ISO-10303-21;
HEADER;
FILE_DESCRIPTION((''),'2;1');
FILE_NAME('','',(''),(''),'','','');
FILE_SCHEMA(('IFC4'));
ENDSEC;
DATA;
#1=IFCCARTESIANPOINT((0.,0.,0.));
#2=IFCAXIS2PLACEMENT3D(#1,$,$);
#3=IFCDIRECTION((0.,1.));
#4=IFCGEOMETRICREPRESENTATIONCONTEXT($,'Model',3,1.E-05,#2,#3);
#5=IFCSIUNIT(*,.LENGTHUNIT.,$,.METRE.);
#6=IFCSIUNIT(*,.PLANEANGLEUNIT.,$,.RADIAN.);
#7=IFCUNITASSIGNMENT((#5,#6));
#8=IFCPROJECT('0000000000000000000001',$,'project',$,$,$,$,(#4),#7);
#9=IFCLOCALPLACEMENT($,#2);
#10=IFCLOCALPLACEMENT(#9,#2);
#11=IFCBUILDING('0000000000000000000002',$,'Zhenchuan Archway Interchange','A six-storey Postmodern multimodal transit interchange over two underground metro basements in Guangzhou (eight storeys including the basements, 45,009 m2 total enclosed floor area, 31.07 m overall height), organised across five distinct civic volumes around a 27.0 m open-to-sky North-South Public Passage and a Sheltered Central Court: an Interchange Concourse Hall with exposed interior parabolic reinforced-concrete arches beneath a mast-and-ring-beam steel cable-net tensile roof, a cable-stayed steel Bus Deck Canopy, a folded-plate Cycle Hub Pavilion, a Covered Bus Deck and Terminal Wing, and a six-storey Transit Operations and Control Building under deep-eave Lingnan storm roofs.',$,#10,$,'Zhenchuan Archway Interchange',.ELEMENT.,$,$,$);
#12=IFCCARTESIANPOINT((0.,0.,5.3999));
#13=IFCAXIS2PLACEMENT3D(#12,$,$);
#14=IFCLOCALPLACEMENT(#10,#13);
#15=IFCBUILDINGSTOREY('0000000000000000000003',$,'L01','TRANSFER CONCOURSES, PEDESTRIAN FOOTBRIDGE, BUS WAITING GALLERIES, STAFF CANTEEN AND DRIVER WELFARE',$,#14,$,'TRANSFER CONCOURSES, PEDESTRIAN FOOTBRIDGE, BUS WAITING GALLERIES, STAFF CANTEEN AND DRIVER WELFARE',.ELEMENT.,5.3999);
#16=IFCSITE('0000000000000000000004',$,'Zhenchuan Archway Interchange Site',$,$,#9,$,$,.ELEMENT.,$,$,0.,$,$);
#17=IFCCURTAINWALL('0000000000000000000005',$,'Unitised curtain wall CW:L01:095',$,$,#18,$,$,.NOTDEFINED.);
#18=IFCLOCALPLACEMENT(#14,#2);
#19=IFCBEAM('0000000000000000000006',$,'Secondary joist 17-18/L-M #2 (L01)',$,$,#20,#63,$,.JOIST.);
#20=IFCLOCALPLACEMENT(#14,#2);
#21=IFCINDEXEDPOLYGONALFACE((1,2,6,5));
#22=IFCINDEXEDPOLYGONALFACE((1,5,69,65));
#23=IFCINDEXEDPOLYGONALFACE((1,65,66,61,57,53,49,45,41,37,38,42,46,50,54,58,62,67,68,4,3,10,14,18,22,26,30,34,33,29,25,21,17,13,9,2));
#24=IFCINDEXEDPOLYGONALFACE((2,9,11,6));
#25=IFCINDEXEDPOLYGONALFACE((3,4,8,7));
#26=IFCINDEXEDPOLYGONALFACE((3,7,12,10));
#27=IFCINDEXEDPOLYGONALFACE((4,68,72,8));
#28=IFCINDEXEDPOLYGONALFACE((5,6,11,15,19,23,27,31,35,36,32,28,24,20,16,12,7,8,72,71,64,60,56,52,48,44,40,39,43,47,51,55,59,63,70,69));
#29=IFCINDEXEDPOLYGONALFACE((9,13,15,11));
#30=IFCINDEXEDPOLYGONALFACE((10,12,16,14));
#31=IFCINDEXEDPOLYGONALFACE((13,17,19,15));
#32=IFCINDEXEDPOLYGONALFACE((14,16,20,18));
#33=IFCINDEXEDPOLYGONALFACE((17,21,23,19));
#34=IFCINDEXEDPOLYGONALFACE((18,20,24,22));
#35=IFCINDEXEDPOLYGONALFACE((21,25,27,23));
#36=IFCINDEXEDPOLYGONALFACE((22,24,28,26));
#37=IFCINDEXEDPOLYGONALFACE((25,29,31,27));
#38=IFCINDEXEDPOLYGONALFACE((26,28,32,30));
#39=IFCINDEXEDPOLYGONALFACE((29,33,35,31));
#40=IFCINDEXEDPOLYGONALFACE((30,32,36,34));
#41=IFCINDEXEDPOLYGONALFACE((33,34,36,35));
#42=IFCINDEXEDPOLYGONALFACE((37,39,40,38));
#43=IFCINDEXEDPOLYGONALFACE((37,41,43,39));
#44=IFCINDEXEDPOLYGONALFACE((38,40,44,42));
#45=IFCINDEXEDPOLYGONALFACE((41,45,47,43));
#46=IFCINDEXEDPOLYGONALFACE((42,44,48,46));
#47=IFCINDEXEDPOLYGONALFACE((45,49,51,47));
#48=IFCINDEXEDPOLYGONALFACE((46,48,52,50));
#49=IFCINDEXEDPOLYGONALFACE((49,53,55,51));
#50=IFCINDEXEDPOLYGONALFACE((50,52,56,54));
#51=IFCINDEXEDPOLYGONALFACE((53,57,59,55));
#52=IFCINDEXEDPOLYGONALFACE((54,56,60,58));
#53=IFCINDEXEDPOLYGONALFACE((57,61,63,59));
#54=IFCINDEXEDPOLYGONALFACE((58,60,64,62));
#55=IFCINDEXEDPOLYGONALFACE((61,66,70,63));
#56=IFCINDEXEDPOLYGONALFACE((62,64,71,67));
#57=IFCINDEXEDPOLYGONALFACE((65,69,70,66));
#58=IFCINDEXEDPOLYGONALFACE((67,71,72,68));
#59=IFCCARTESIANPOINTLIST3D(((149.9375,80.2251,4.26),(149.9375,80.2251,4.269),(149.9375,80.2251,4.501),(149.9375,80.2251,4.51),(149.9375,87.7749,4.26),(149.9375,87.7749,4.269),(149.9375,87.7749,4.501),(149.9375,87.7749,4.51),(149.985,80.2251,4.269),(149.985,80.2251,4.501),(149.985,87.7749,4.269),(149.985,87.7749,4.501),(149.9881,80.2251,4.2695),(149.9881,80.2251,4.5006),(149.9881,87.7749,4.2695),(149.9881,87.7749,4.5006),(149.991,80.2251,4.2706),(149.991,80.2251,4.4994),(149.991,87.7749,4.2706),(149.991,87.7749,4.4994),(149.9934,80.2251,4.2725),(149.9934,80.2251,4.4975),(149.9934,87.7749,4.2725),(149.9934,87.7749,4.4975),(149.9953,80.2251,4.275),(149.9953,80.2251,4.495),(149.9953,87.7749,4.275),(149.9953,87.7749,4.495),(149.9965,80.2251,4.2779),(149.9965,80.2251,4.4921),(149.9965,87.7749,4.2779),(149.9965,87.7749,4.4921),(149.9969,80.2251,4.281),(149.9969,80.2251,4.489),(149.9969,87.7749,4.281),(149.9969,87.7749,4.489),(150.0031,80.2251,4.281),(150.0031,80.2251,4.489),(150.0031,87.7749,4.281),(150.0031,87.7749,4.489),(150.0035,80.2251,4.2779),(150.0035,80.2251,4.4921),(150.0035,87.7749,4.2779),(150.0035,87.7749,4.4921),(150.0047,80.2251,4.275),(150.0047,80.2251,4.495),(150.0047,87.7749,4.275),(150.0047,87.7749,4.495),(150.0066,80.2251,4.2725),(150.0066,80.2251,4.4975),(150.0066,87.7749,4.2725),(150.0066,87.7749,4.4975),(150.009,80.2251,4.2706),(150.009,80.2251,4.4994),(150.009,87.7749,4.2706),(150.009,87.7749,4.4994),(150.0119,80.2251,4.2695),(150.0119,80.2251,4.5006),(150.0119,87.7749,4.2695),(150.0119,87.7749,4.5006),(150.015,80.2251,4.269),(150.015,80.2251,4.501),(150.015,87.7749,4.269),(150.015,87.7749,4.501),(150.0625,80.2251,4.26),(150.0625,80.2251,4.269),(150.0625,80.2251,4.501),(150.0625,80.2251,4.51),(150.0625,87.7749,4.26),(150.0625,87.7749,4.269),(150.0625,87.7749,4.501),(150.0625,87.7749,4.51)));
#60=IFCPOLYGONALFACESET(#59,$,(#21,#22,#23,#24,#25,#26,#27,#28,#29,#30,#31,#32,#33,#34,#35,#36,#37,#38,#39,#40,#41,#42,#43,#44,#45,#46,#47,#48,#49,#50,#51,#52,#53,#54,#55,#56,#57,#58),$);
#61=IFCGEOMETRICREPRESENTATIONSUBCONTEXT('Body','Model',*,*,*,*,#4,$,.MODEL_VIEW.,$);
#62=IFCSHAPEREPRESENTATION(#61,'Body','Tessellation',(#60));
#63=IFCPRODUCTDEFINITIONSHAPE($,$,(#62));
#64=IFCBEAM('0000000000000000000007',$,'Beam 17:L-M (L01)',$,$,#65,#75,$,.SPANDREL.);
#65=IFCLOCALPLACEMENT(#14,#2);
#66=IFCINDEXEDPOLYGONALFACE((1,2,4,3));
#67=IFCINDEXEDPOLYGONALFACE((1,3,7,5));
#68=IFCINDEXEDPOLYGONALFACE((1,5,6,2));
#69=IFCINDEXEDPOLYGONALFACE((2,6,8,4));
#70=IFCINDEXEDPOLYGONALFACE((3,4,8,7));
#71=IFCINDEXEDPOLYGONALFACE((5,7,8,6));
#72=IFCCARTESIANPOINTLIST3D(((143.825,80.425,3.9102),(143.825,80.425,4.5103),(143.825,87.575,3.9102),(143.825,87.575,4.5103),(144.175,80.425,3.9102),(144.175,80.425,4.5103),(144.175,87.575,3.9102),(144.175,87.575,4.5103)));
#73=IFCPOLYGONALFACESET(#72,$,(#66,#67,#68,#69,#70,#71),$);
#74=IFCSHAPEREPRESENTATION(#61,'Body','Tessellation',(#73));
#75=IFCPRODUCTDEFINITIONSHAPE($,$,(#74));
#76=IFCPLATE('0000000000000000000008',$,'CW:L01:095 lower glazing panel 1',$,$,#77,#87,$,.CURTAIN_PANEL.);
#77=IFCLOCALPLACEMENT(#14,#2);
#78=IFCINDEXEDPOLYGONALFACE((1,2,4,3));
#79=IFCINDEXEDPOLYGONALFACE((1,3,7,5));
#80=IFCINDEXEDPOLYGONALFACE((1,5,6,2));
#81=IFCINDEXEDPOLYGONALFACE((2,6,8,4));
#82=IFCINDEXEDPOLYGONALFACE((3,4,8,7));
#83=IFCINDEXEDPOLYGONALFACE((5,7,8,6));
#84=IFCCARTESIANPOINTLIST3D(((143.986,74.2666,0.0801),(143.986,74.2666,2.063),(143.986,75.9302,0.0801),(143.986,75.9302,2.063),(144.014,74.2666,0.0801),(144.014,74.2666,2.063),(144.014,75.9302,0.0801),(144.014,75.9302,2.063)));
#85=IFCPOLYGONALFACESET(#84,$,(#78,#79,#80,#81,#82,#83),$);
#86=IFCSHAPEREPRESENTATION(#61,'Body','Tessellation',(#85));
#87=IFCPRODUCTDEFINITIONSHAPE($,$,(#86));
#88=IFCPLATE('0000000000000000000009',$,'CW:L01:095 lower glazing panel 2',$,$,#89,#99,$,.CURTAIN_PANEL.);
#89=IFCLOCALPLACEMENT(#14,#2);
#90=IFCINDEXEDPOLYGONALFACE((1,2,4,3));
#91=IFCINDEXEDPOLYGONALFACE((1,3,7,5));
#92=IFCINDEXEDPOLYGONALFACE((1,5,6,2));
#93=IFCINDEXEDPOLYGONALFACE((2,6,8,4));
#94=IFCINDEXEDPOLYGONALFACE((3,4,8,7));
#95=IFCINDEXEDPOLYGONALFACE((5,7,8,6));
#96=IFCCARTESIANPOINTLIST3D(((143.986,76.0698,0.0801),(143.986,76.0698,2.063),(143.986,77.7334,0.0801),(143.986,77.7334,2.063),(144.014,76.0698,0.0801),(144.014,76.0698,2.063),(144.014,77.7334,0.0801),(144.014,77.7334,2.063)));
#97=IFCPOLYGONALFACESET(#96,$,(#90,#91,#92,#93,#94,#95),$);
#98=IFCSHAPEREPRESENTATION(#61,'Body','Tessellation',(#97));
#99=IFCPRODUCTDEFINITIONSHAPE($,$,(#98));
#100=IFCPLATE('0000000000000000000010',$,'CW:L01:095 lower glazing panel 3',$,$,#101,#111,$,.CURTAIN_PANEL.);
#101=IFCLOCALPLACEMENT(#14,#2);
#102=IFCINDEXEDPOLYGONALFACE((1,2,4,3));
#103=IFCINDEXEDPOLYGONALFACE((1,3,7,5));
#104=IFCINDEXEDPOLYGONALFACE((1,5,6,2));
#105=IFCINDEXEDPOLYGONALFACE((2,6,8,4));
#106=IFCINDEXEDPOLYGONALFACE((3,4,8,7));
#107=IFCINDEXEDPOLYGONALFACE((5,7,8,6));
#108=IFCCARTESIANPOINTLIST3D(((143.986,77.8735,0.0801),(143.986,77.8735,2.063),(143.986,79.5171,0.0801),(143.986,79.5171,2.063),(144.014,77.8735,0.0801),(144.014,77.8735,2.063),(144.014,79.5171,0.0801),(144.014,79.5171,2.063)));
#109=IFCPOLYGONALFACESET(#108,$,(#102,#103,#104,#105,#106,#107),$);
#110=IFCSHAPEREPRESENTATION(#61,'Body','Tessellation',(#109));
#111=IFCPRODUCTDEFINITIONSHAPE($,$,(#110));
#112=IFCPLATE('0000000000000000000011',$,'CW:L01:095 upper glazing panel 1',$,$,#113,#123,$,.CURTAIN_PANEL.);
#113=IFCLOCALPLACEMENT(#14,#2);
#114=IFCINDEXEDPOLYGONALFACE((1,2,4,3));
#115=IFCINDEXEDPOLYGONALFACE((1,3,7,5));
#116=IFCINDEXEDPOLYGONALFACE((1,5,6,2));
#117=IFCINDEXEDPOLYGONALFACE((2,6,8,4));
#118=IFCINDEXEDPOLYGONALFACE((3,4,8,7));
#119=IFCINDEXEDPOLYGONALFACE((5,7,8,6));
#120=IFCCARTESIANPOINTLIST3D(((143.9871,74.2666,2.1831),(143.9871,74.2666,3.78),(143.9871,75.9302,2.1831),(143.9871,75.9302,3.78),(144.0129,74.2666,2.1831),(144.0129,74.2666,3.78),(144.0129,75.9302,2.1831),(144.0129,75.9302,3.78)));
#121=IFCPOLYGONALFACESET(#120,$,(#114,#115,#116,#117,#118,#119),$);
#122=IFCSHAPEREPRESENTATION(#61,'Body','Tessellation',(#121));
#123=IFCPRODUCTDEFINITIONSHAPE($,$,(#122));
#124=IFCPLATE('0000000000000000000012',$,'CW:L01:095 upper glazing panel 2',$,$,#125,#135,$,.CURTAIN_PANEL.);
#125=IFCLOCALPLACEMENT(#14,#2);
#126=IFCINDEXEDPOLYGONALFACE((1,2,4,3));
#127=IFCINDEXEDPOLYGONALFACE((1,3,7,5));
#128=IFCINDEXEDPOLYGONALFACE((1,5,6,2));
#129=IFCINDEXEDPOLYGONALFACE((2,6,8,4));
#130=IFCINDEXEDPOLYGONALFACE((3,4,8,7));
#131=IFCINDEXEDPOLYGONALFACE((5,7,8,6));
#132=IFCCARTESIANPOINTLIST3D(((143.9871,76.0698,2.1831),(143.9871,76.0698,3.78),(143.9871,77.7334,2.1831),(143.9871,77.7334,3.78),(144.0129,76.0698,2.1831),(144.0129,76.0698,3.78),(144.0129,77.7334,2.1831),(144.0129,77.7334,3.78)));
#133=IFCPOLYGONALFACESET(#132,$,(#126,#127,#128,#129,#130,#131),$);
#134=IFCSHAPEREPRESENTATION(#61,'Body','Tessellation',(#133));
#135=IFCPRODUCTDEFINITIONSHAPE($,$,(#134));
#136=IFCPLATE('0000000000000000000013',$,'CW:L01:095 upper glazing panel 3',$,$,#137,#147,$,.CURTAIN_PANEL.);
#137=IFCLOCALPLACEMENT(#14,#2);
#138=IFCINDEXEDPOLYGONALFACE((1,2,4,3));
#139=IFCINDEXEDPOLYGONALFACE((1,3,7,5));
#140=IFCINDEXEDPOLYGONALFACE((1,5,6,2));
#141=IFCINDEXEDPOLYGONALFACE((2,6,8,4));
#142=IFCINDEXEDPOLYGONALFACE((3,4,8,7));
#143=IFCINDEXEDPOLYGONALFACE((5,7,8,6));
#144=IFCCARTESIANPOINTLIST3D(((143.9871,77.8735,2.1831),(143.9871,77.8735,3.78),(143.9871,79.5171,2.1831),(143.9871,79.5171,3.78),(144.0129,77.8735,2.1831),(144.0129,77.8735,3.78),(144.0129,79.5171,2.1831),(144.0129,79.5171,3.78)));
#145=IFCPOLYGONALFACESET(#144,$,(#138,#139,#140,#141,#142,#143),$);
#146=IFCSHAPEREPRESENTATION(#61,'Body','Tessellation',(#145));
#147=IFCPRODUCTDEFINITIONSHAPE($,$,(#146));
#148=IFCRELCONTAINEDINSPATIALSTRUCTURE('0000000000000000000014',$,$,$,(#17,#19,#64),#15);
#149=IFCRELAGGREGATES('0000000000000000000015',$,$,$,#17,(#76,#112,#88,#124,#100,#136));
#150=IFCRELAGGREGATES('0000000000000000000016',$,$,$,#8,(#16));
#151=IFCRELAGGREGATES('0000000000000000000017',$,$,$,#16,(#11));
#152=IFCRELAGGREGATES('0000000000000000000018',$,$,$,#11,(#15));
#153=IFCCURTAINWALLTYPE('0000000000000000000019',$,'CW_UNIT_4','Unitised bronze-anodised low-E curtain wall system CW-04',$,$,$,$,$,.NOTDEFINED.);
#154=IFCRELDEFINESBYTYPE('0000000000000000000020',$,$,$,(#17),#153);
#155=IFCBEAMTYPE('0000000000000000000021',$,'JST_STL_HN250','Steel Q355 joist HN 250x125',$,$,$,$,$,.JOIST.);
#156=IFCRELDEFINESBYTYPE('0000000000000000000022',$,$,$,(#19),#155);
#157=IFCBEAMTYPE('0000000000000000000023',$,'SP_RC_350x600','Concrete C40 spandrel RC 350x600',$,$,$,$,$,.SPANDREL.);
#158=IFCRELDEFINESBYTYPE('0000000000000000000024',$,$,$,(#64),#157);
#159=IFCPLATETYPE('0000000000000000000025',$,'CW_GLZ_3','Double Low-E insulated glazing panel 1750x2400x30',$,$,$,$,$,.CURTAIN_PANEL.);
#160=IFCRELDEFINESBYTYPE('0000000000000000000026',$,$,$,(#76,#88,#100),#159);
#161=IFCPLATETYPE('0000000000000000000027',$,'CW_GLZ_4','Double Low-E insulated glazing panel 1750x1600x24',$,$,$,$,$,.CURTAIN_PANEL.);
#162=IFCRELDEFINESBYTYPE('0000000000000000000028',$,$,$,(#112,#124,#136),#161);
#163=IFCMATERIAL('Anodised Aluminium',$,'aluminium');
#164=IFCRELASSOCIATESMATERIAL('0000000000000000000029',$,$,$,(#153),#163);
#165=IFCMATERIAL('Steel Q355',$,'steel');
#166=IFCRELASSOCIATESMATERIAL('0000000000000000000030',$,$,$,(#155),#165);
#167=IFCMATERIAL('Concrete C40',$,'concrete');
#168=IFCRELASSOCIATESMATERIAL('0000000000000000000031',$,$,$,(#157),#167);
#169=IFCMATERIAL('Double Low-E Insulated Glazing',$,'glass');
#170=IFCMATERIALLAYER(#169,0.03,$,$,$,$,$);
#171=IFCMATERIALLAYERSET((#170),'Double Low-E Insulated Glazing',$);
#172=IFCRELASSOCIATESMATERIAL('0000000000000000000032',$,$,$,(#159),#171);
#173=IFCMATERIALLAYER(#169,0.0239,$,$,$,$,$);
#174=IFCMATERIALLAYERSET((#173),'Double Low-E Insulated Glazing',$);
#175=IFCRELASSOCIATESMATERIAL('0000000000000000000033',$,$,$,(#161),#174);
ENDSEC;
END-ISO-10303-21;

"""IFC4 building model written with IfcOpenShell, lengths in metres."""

from ifc_helpers import new_model, si_unit, direction, frame, origin, origin_2d, place, context, subcontext, project, spatial, rectangle, i_section, extrude, material, layer, layer_set, material_profile, profile_set, type_object, element, aggregate, save


model = new_model("IFC4")

# Units and contexts
model_context = context("Model", 3, precision=1e-05, world=origin(), true_north=direction((0.0, 1.0)))
body_context = subcontext(model_context, "Body", "Model", "MODEL_VIEW")
ifc_project = project(units=[si_unit("LENGTHUNIT", "METRE"), si_unit("PLANEANGLEUNIT", "RADIAN")], contexts=[model_context])

# Site, building, storey
site_placement = place(None, origin())
site = spatial("IfcSite", under=ifc_project, at=site_placement, Name="Zhenchuan Archway Interchange Site", CompositionType="ELEMENT", RefElevation=0.0)
building_placement = place(site_placement, origin())
building = spatial("IfcBuilding", under=site, at=building_placement, Name="Zhenchuan Archway Interchange", Description="A six-storey Postmodern multimodal transit interchange over two underground metro basements in Guangzhou (eight storeys including the basements, 45,009 m2 total enclosed floor area, 31.07 m overall height), organised across five distinct civic volumes around a 27.0 m open-to-sky North-South Public Passage and a Sheltered Central Court: an Interchange Concourse Hall with exposed interior parabolic reinforced-concrete arches beneath a mast-and-ring-beam steel cable-net tensile roof, a cable-stayed steel Bus Deck Canopy, a folded-plate Cycle Hub Pavilion, a Covered Bus Deck and Terminal Wing, and a six-storey Transit Operations and Control Building under deep-eave Lingnan storm roofs.", LongName="Zhenchuan Archway Interchange", CompositionType="ELEMENT")
storey_placement = place(building_placement, frame((0.0, 0.0, 5.3999)))
storey = spatial("IfcBuildingStorey", under=building, at=storey_placement, Name="L01", Description="TRANSFER CONCOURSES, PEDESTRIAN FOOTBRIDGE, BUS WAITING GALLERIES, STAFF CANTEEN AND DRIVER WELFARE", LongName="TRANSFER CONCOURSES, PEDESTRIAN FOOTBRIDGE, BUS WAITING GALLERIES, STAFF CANTEEN AND DRIVER WELFARE", CompositionType="ELEMENT", Elevation=5.3999)

# Shared definitions
ifc_material_1 = material(Name="Concrete C40", Category="concrete")

# Curtain wall
ifc_material_2 = material(Name="Anodised Aluminium", Category="aluminium")
curtain_wall_type = type_object("IfcCurtainWallType", Name="CW_UNIT_4", Description="Unitised bronze-anodised low-E curtain wall system CW-04", PredefinedType="NOTDEFINED", material=ifc_material_2)
curtain_wall_placement = place(storey_placement, origin())
curtain_wall = element("IfcCurtainWall", 1, at=curtain_wall_placement, inside=storey, type_object=curtain_wall_type, Name="Unitised curtain wall CW:L01:095", PredefinedType="NOTDEFINED")

# Beams
ifc_material_3 = material(Name="Steel Q355", Category="steel")
ifc_material_profile_1 = material_profile(ifc_material_3, i_section(OverallWidth=0.125, OverallDepth=0.25, WebThickness=0.0061, FlangeThickness=0.009, FilletRadius=0.012, at=origin_2d()), Name="HN 250x125")
ifc_profile_set_1 = profile_set([ifc_material_profile_1], Name="Steel Q355")
beam_type_1 = type_object("IfcBeamType", Name="JST_STL_HN250", Description="Steel Q355 joist HN 250x125", PredefinedType="JOIST", material=ifc_profile_set_1)
for number, where, z_axis, x_axis, name in (
    (2, (150.0, 80.2251, 4.385), (0.0, 1.0, 0.0), (-1.0, 0.0, 0.0), "Secondary joist 17-18/L-M #2 (L01)"),
):
    element("IfcBeam", number, at=place(storey_placement, frame(where, z_axis=z_axis, x_axis=x_axis)), inside=storey, type_object=beam_type_1, Name=name, PredefinedType="JOIST", context=body_context, shape_type="SweptSolid", body=[
        extrude(i_section(OverallWidth=0.125, OverallDepth=0.25, WebThickness=0.0061, FlangeThickness=0.009, FilletRadius=0.012, at=origin_2d()), origin(), (0.0, 0.0, 1.0), 7.5498),
    ])
ifc_material_profile_2 = material_profile(ifc_material_1, rectangle(XDim=0.3501, YDim=0.6001, at=origin_2d()), Name="RC 350x600")
ifc_profile_set_2 = profile_set([ifc_material_profile_2], Name="Concrete C40")
beam_type_2 = type_object("IfcBeamType", Name="SP_RC_350x600", Description="Concrete C40 spandrel RC 350x600", PredefinedType="SPANDREL", material=ifc_profile_set_2)
beam_placement = place(storey_placement, frame((144.0, 80.425, 4.2102), z_axis=(0.0, 1.0, 0.0), x_axis=(-1.0, 0.0, 0.0)))
element("IfcBeam", 3, at=beam_placement, inside=storey, type_object=beam_type_2, Name="Beam 17:L-M (L01)", PredefinedType="SPANDREL", context=body_context, shape_type="SweptSolid", body=[
    extrude(rectangle(XDim=0.3501, YDim=0.6001, at=origin_2d()), origin(), (0.0, 0.0, 1.0), 7.1499),
])

# Plates
ifc_material_4 = material(Name="Double Low-E Insulated Glazing", Category="glass")
ifc_layer_1 = layer(ifc_material_4, 0.03)
ifc_layer_set_1 = layer_set([ifc_layer_1], Name="Double Low-E Insulated Glazing")
plate_type_1 = type_object("IfcPlateType", Name="CW_GLZ_3", Description="Double Low-E insulated glazing panel 1750x2400x30", PredefinedType="CURTAIN_PANEL", material=ifc_layer_set_1)
plate_1_placement = place(storey_placement, frame((144.0, 75.0984, 0.0801), z_axis=(0.0, 0.0, 1.0), x_axis=(0.0, 1.0, 0.0)))
plate_1 = element("IfcPlate", 4, at=plate_1_placement, type_object=plate_type_1, Name="CW:L01:095 lower glazing panel 1", PredefinedType="CURTAIN_PANEL", context=body_context, shape_type="SweptSolid", body=[
    extrude(rectangle(XDim=1.6636, YDim=0.0281, at=origin_2d()), origin(), (0.0, 0.0, 1.0), 1.9829),
])
plate_2_placement = place(storey_placement, frame((144.0, 76.9016, 0.0801), z_axis=(0.0, 0.0, 1.0), x_axis=(0.0, 1.0, 0.0)))
plate_2 = element("IfcPlate", 5, at=plate_2_placement, type_object=plate_type_1, Name="CW:L01:095 lower glazing panel 2", PredefinedType="CURTAIN_PANEL", context=body_context, shape_type="SweptSolid", body=[
    extrude(rectangle(XDim=1.6636, YDim=0.0281, at=origin_2d()), origin(), (0.0, 0.0, 1.0), 1.9829),
])
plate_3_placement = place(storey_placement, frame((144.0, 78.6953, 0.0801), z_axis=(0.0, 0.0, 1.0), x_axis=(0.0, 1.0, 0.0)))
plate_3 = element("IfcPlate", 6, at=plate_3_placement, type_object=plate_type_1, Name="CW:L01:095 lower glazing panel 3", PredefinedType="CURTAIN_PANEL", context=body_context, shape_type="SweptSolid", body=[
    extrude(rectangle(XDim=1.6436, YDim=0.0281, at=origin_2d()), origin(), (0.0, 0.0, 1.0), 1.9829),
])
ifc_layer_2 = layer(ifc_material_4, 0.0239)
ifc_layer_set_2 = layer_set([ifc_layer_2], Name="Double Low-E Insulated Glazing")
plate_type_2 = type_object("IfcPlateType", Name="CW_GLZ_4", Description="Double Low-E insulated glazing panel 1750x1600x24", PredefinedType="CURTAIN_PANEL", material=ifc_layer_set_2)
plate_4_placement = place(storey_placement, frame((144.0, 75.0984, 2.1831), z_axis=(0.0, 0.0, 1.0), x_axis=(0.0, 1.0, 0.0)))
plate_4 = element("IfcPlate", 7, at=plate_4_placement, type_object=plate_type_2, Name="CW:L01:095 upper glazing panel 1", PredefinedType="CURTAIN_PANEL", context=body_context, shape_type="SweptSolid", body=[
    extrude(rectangle(XDim=1.6636, YDim=0.0259, at=origin_2d()), origin(), (0.0, 0.0, 1.0), 1.5969),
])
plate_5_placement = place(storey_placement, frame((144.0, 76.9016, 2.1831), z_axis=(0.0, 0.0, 1.0), x_axis=(0.0, 1.0, 0.0)))
plate_5 = element("IfcPlate", 8, at=plate_5_placement, type_object=plate_type_2, Name="CW:L01:095 upper glazing panel 2", PredefinedType="CURTAIN_PANEL", context=body_context, shape_type="SweptSolid", body=[
    extrude(rectangle(XDim=1.6636, YDim=0.0259, at=origin_2d()), origin(), (0.0, 0.0, 1.0), 1.5969),
])
plate_6_placement = place(storey_placement, frame((144.0, 78.6953, 2.1831), z_axis=(0.0, 0.0, 1.0), x_axis=(0.0, 1.0, 0.0)))
plate_6 = element("IfcPlate", 9, at=plate_6_placement, type_object=plate_type_2, Name="CW:L01:095 upper glazing panel 3", PredefinedType="CURTAIN_PANEL", context=body_context, shape_type="SweptSolid", body=[
    extrude(rectangle(XDim=1.6436, YDim=0.0259, at=origin_2d()), origin(), (0.0, 0.0, 1.0), 1.5969),
])
aggregate(curtain_wall, [plate_1, plate_4, plate_2, plate_5, plate_3, plate_6])

save(model, "model.ifc")
